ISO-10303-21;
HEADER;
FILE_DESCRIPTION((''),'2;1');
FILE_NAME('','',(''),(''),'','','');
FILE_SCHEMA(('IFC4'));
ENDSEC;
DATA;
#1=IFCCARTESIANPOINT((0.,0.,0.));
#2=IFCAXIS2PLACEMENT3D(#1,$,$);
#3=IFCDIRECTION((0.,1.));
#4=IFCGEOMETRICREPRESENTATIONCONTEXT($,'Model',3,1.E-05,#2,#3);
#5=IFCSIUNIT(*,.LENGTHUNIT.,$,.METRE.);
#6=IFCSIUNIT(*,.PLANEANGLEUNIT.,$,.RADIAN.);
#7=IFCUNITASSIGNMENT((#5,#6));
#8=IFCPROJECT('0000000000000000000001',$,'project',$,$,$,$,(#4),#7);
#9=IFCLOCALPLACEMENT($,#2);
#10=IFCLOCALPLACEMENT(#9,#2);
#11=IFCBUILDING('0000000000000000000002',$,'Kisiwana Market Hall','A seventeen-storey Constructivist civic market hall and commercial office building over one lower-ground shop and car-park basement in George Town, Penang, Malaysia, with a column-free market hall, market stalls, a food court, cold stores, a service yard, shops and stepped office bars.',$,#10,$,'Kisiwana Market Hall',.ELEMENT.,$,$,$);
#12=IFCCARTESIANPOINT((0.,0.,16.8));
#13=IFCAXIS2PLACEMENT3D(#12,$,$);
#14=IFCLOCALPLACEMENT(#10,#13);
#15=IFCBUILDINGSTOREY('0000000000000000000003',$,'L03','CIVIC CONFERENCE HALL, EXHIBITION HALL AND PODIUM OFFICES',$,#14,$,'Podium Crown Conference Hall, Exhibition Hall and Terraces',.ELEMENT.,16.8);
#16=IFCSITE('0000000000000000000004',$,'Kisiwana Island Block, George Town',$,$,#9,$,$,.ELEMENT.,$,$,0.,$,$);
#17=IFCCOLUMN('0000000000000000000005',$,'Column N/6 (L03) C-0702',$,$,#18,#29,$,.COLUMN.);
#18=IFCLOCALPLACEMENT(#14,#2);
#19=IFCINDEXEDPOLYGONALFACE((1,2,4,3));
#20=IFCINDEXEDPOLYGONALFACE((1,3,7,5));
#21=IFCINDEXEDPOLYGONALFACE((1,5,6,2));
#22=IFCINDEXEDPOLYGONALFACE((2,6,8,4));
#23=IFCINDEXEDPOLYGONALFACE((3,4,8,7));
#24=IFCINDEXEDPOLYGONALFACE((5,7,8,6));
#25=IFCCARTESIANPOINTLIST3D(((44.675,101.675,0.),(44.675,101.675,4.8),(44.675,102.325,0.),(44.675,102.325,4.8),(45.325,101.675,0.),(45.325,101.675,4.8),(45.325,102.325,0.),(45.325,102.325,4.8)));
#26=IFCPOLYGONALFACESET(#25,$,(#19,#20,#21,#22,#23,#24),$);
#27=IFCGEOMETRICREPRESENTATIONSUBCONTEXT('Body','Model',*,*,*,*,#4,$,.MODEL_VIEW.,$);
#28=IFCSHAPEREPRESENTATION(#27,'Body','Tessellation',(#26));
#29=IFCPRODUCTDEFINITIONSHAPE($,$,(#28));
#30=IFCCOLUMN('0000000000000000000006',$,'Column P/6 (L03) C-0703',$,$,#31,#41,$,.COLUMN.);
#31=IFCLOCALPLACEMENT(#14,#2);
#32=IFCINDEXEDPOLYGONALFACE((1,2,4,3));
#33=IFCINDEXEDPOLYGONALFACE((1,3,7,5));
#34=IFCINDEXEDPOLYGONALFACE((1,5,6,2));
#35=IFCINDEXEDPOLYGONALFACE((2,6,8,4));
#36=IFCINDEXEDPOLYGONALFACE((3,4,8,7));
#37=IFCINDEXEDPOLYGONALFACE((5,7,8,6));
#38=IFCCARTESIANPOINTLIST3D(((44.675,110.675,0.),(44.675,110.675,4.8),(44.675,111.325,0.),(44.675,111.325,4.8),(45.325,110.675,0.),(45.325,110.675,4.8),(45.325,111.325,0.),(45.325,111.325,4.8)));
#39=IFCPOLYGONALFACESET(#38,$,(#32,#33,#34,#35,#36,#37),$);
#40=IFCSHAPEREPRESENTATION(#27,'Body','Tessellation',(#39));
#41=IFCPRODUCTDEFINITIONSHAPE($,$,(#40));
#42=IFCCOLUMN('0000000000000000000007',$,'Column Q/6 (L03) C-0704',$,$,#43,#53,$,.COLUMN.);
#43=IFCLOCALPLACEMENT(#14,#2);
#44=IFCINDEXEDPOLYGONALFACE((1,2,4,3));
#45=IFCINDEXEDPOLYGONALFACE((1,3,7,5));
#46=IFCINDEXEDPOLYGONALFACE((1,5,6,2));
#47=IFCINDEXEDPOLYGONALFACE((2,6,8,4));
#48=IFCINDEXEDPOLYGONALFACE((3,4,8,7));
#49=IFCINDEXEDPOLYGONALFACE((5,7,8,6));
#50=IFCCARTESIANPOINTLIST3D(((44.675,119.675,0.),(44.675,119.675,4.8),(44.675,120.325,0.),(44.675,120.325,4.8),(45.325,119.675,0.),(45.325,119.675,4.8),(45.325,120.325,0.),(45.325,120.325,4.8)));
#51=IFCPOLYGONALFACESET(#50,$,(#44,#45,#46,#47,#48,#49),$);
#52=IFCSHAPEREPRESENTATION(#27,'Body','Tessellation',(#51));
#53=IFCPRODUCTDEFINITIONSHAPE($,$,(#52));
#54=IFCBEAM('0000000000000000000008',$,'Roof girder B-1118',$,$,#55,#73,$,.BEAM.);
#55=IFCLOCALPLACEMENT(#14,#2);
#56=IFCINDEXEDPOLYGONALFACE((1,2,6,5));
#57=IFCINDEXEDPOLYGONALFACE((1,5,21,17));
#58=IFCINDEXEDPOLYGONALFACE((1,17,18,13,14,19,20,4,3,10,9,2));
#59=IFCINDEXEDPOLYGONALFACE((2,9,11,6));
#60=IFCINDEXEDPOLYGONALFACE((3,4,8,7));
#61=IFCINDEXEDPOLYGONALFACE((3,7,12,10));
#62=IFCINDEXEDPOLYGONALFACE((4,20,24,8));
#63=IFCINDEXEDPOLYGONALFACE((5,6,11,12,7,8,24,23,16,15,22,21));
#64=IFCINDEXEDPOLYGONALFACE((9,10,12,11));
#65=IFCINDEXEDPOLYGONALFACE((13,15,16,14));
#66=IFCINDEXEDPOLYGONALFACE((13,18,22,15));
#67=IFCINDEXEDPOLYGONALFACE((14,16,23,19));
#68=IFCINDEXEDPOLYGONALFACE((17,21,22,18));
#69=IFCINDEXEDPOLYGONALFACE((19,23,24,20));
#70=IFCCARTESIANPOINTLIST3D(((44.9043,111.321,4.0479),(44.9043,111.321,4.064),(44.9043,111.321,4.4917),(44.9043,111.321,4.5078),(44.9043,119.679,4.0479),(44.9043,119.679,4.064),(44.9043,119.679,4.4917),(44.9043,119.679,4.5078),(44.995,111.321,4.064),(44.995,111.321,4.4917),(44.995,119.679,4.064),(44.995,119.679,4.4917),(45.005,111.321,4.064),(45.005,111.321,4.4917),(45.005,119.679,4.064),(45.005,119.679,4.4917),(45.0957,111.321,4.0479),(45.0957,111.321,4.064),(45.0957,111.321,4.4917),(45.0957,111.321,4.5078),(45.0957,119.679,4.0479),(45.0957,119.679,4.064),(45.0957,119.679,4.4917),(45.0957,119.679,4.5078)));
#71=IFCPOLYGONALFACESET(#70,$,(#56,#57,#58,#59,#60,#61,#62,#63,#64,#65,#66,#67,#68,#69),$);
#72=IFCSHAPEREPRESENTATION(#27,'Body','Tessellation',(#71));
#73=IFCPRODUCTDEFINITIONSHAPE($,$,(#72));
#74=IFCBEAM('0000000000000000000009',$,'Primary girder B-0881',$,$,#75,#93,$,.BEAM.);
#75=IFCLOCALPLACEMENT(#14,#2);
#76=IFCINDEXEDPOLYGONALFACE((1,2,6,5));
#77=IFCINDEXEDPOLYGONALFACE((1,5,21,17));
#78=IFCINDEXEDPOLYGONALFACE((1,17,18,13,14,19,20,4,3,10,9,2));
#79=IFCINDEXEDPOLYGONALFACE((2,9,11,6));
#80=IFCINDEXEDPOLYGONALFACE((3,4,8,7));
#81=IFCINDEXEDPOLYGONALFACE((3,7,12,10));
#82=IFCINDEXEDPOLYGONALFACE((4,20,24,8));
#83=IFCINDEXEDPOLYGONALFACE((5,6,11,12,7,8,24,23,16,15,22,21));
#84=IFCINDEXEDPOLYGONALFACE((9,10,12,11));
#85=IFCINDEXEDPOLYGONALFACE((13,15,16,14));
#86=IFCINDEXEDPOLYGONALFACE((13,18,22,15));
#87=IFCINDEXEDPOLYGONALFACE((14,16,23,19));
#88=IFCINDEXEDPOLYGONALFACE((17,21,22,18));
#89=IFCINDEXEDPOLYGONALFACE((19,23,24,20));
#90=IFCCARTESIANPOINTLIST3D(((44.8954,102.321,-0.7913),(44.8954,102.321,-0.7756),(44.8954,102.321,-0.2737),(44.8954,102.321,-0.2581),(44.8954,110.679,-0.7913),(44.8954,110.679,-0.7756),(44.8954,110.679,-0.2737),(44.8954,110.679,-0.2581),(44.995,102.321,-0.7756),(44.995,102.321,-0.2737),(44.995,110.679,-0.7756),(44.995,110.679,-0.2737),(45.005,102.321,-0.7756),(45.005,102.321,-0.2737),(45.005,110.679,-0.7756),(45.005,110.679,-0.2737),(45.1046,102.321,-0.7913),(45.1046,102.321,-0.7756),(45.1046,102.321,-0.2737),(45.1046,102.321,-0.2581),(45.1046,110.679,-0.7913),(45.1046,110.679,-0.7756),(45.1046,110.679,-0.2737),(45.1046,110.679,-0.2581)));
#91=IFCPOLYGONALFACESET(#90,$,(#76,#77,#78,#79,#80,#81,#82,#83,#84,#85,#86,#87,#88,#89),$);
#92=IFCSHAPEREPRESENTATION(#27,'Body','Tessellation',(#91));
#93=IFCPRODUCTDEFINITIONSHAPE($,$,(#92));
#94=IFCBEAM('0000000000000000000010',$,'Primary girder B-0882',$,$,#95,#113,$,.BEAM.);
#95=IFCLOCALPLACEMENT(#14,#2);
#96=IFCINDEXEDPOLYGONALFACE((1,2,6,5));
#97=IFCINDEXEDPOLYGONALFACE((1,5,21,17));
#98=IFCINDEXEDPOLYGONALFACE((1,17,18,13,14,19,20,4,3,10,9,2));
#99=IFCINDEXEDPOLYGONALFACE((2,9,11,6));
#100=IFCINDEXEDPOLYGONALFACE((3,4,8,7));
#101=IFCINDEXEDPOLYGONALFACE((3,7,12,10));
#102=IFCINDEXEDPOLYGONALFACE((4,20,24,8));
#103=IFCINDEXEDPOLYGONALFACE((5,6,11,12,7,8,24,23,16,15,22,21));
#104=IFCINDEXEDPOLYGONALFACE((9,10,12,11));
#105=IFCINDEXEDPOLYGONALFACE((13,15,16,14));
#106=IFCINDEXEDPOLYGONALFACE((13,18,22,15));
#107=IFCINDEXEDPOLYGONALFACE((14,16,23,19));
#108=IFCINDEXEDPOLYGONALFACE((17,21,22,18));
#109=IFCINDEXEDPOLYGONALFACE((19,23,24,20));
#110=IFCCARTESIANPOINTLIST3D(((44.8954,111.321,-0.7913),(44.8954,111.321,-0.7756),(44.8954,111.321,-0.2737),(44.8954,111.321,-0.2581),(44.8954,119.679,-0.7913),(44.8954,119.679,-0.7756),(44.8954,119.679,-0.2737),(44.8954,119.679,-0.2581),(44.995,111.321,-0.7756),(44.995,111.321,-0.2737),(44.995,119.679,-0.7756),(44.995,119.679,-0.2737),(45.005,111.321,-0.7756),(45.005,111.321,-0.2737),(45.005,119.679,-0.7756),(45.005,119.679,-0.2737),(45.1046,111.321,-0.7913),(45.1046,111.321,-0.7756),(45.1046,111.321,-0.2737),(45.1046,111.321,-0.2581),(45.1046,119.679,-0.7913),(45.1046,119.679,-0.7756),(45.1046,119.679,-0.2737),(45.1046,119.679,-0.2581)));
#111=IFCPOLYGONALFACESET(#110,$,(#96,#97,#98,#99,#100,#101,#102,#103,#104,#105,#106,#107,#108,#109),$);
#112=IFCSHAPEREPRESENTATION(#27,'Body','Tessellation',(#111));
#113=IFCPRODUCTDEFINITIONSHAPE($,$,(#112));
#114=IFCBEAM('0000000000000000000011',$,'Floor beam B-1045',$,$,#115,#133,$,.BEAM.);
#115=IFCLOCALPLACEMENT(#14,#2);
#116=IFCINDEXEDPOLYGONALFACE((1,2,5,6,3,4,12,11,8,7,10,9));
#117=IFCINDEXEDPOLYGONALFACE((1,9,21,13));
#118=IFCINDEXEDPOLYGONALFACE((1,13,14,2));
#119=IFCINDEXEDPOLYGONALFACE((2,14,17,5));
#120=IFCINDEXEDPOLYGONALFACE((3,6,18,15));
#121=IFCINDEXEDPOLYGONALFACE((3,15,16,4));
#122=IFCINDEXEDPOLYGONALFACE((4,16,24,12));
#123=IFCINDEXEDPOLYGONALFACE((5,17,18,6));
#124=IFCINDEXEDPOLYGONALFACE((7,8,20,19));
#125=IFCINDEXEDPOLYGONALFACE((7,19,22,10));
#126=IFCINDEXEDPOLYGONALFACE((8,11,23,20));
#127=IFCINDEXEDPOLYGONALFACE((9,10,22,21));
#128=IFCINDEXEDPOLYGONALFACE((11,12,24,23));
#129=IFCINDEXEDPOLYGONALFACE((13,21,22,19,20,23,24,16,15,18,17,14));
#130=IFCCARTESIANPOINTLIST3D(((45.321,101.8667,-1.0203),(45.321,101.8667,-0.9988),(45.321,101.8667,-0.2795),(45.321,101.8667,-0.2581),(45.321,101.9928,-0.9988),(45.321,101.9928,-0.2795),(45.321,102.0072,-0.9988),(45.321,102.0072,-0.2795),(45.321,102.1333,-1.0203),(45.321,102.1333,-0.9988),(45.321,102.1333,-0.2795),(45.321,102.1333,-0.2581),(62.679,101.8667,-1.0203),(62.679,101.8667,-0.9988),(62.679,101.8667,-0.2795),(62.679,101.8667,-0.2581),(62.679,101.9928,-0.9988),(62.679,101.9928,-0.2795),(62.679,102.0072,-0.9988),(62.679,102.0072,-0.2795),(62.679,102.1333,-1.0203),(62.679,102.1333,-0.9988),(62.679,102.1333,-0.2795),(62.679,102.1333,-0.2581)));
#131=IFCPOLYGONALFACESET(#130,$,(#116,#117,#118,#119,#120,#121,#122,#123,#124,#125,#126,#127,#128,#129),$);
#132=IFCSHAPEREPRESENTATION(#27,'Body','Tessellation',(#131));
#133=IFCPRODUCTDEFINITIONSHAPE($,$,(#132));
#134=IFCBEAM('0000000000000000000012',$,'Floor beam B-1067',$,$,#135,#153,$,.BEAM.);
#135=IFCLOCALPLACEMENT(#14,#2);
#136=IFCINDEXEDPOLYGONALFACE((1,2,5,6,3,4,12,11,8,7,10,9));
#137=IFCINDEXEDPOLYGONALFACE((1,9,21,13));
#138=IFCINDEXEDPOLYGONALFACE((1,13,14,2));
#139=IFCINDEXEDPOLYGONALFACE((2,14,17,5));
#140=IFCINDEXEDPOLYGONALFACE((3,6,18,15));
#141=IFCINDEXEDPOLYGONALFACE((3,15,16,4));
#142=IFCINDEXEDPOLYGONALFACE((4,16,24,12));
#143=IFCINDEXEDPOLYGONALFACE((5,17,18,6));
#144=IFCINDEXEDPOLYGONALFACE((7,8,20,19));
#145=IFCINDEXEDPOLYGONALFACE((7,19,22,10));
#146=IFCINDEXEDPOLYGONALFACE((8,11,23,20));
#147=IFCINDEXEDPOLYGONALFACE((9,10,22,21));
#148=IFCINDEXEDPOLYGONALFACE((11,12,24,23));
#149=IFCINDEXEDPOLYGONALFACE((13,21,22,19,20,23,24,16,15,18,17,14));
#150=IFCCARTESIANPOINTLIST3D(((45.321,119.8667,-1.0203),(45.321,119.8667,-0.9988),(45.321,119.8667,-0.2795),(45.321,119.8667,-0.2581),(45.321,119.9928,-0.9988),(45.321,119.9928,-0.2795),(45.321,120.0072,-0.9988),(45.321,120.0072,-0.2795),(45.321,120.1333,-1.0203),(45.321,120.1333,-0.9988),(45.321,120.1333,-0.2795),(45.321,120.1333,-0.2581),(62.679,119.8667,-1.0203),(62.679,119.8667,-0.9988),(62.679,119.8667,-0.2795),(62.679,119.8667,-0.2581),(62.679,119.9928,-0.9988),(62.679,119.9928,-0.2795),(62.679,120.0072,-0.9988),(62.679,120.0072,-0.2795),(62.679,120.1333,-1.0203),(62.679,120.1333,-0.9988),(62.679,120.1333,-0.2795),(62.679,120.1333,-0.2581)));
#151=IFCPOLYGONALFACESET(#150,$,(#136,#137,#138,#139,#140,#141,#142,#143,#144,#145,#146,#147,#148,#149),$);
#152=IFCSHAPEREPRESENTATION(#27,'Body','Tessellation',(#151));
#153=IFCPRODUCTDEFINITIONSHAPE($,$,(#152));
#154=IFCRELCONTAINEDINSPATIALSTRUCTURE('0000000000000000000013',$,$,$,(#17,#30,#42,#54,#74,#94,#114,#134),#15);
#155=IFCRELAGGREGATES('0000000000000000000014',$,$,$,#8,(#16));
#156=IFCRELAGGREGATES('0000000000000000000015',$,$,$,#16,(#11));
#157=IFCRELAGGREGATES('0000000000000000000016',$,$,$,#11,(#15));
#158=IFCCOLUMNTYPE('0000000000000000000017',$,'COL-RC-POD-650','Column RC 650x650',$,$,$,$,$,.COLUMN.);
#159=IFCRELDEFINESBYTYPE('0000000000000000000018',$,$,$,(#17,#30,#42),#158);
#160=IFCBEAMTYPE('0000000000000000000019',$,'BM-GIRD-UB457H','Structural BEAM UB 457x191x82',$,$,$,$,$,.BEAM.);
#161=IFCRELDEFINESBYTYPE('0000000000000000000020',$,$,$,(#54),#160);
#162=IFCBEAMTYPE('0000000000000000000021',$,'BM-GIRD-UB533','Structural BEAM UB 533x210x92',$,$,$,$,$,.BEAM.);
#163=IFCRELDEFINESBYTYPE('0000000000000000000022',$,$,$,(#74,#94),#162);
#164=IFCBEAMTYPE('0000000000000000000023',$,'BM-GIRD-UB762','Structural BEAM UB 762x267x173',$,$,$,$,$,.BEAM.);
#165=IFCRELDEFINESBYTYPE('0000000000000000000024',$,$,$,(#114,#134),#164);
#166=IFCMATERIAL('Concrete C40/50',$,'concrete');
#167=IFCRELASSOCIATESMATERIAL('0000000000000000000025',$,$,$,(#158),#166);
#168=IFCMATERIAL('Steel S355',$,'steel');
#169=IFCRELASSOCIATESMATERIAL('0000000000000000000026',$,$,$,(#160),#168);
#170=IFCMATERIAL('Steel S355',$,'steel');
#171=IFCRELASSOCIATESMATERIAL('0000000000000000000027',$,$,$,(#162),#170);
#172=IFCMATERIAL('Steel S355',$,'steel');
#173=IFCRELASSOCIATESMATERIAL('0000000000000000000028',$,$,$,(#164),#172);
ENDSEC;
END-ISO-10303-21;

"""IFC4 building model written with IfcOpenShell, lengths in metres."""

from ifc_helpers import new_model, si_unit, direction, frame, origin, origin_2d, place, context, subcontext, project, spatial, rectangle, i_section, extrude, material, material_profile, profile_set, type_object, element, save


model = new_model("IFC4")

# Units and contexts
model_context = context("Model", 3, precision=1e-05, world=origin(), true_north=direction((0.0, 1.0)))
body_context = subcontext(model_context, "Body", "Model", "MODEL_VIEW")
ifc_project = project(units=[si_unit("LENGTHUNIT", "METRE"), si_unit("PLANEANGLEUNIT", "RADIAN")], contexts=[model_context])

# Site, building, storey
site_placement = place(None, origin())
site = spatial("IfcSite", under=ifc_project, at=site_placement, Name="Kisiwana Island Block, George Town", CompositionType="ELEMENT", RefElevation=0.0)
building_placement = place(site_placement, origin())
building = spatial("IfcBuilding", under=site, at=building_placement, Name="Kisiwana Market Hall", Description="A seventeen-storey Constructivist civic market hall and commercial office building over one lower-ground shop and car-park basement in George Town, Penang, Malaysia, with a column-free market hall, market stalls, a food court, cold stores, a service yard, shops and stepped office bars.", LongName="Kisiwana Market Hall", CompositionType="ELEMENT")
storey_placement = place(building_placement, frame((0.0, 0.0, 16.8)))
storey = spatial("IfcBuildingStorey", under=building, at=storey_placement, Name="L03", Description="CIVIC CONFERENCE HALL, EXHIBITION HALL AND PODIUM OFFICES", LongName="Podium Crown Conference Hall, Exhibition Hall and Terraces", CompositionType="ELEMENT", Elevation=16.8)

# Columns
ifc_material_1 = material(Name="Concrete C40/50", Category="concrete")
ifc_material_profile_1 = material_profile(ifc_material_1, rectangle(XDim=0.6499, YDim=0.6499, at=origin_2d()), Name="RC 650x650")
ifc_profile_set_1 = profile_set([ifc_material_profile_1], Name="Concrete C40/50")
column_type = type_object("IfcColumnType", Name="COL-RC-POD-650", Description="Column RC 650x650", PredefinedType="COLUMN", material=ifc_profile_set_1)
for number, where, z_axis, x_axis, name in (
    (1, (45.0, 102.0, 0.0), (0.0, 0.0, 1.0), (1.0, 0.0, 0.0), "Column N/6 (L03) C-0702"),
    (2, (45.0, 111.0, 0.0), (0.0, 0.0, 1.0), (1.0, 0.0, 0.0), "Column P/6 (L03) C-0703"),
    (3, (45.0, 120.0, 0.0), (0.0, 0.0, 1.0), (1.0, 0.0, 0.0), "Column Q/6 (L03) C-0704"),
):
    element("IfcColumn", number, at=place(storey_placement, frame(where, z_axis=z_axis, x_axis=x_axis)), inside=storey, type_object=column_type, Name=name, PredefinedType="COLUMN", context=body_context, shape_type="SweptSolid", body=[
        extrude(rectangle(XDim=0.6499, YDim=0.6499, at=origin_2d()), origin(), (0.0, 0.0, 1.0), 4.8),
    ])

# Beams
ifc_material_2 = material(Name="Steel S355", Category="steel")
ifc_material_profile_2 = material_profile(ifc_material_2, i_section(OverallWidth=0.1914, OverallDepth=0.46, WebThickness=0.01, FlangeThickness=0.0161, at=origin_2d()), Name="UB 457x191x82")
ifc_profile_set_2 = profile_set([ifc_material_profile_2], Name="Steel S355")
beam_type_1 = type_object("IfcBeamType", Name="BM-GIRD-UB457H", Description="Structural BEAM UB 457x191x82", PredefinedType="BEAM", material=ifc_profile_set_2)
beam_placement = place(storey_placement, frame((45.0, 111.321, 4.2778), z_axis=(0.0, 1.0, 0.0), x_axis=(-1.0, 0.0, 0.0)))
element("IfcBeam", 4, at=beam_placement, inside=storey, type_object=beam_type_1, Name="Roof girder B-1118", PredefinedType="BEAM", context=body_context, shape_type="SweptSolid", body=[
    extrude(i_section(OverallWidth=0.1914, OverallDepth=0.46, WebThickness=0.01, FlangeThickness=0.0161, at=origin_2d()), origin(), (0.0, 0.0, 1.0), 8.3579),
])
ifc_material_3 = material(Name="Steel S355", Category="steel")
ifc_material_profile_3 = material_profile(ifc_material_3, i_section(OverallWidth=0.2092, OverallDepth=0.5332, WebThickness=0.01, FlangeThickness=0.0156, at=origin_2d()), Name="UB 533x210x92")
ifc_profile_set_3 = profile_set([ifc_material_profile_3], Name="Steel S355")
beam_type_2 = type_object("IfcBeamType", Name="BM-GIRD-UB533", Description="Structural BEAM UB 533x210x92", PredefinedType="BEAM", material=ifc_profile_set_3)
for number, where, z_axis, x_axis, name in (
    (5, (45.0, 102.321, -0.5247), (0.0, 1.0, 0.0), (-1.0, 0.0, 0.0), "Primary girder B-0881"),
    (6, (45.0, 111.321, -0.5247), (0.0, 1.0, 0.0), (-1.0, 0.0, 0.0), "Primary girder B-0882"),
):
    element("IfcBeam", number, at=place(storey_placement, frame(where, z_axis=z_axis, x_axis=x_axis)), inside=storey, type_object=beam_type_2, Name=name, PredefinedType="BEAM", context=body_context, shape_type="SweptSolid", body=[
        extrude(i_section(OverallWidth=0.2092, OverallDepth=0.5332, WebThickness=0.01, FlangeThickness=0.0156, at=origin_2d()), origin(), (0.0, 0.0, 1.0), 8.3579),
    ])
ifc_material_4 = material(Name="Steel S355", Category="steel")
ifc_material_profile_4 = material_profile(ifc_material_4, i_section(OverallWidth=0.2666, OverallDepth=0.7622, WebThickness=0.0144, FlangeThickness=0.0215, at=origin_2d()), Name="UB 762x267x173")
ifc_profile_set_4 = profile_set([ifc_material_profile_4], Name="Steel S355")
beam_type_3 = type_object("IfcBeamType", Name="BM-GIRD-UB762", Description="Structural BEAM UB 762x267x173", PredefinedType="BEAM", material=ifc_profile_set_4)
for number, where, z_axis, x_axis, name in (
    (7, (45.321, 102.0, -0.6392), (1.0, 0.0, 0.0), (0.0, 1.0, 0.0), "Floor beam B-1045"),
    (8, (45.321, 120.0, -0.6392), (1.0, 0.0, 0.0), (0.0, 1.0, 0.0), "Floor beam B-1067"),
):
    element("IfcBeam", number, at=place(storey_placement, frame(where, z_axis=z_axis, x_axis=x_axis)), inside=storey, type_object=beam_type_3, Name=name, PredefinedType="BEAM", context=body_context, shape_type="SweptSolid", body=[
        extrude(i_section(OverallWidth=0.2666, OverallDepth=0.7622, WebThickness=0.0144, FlangeThickness=0.0215, at=origin_2d()), origin(), (0.0, 0.0, 1.0), 17.3579),
    ])

save(model, "model.ifc")
